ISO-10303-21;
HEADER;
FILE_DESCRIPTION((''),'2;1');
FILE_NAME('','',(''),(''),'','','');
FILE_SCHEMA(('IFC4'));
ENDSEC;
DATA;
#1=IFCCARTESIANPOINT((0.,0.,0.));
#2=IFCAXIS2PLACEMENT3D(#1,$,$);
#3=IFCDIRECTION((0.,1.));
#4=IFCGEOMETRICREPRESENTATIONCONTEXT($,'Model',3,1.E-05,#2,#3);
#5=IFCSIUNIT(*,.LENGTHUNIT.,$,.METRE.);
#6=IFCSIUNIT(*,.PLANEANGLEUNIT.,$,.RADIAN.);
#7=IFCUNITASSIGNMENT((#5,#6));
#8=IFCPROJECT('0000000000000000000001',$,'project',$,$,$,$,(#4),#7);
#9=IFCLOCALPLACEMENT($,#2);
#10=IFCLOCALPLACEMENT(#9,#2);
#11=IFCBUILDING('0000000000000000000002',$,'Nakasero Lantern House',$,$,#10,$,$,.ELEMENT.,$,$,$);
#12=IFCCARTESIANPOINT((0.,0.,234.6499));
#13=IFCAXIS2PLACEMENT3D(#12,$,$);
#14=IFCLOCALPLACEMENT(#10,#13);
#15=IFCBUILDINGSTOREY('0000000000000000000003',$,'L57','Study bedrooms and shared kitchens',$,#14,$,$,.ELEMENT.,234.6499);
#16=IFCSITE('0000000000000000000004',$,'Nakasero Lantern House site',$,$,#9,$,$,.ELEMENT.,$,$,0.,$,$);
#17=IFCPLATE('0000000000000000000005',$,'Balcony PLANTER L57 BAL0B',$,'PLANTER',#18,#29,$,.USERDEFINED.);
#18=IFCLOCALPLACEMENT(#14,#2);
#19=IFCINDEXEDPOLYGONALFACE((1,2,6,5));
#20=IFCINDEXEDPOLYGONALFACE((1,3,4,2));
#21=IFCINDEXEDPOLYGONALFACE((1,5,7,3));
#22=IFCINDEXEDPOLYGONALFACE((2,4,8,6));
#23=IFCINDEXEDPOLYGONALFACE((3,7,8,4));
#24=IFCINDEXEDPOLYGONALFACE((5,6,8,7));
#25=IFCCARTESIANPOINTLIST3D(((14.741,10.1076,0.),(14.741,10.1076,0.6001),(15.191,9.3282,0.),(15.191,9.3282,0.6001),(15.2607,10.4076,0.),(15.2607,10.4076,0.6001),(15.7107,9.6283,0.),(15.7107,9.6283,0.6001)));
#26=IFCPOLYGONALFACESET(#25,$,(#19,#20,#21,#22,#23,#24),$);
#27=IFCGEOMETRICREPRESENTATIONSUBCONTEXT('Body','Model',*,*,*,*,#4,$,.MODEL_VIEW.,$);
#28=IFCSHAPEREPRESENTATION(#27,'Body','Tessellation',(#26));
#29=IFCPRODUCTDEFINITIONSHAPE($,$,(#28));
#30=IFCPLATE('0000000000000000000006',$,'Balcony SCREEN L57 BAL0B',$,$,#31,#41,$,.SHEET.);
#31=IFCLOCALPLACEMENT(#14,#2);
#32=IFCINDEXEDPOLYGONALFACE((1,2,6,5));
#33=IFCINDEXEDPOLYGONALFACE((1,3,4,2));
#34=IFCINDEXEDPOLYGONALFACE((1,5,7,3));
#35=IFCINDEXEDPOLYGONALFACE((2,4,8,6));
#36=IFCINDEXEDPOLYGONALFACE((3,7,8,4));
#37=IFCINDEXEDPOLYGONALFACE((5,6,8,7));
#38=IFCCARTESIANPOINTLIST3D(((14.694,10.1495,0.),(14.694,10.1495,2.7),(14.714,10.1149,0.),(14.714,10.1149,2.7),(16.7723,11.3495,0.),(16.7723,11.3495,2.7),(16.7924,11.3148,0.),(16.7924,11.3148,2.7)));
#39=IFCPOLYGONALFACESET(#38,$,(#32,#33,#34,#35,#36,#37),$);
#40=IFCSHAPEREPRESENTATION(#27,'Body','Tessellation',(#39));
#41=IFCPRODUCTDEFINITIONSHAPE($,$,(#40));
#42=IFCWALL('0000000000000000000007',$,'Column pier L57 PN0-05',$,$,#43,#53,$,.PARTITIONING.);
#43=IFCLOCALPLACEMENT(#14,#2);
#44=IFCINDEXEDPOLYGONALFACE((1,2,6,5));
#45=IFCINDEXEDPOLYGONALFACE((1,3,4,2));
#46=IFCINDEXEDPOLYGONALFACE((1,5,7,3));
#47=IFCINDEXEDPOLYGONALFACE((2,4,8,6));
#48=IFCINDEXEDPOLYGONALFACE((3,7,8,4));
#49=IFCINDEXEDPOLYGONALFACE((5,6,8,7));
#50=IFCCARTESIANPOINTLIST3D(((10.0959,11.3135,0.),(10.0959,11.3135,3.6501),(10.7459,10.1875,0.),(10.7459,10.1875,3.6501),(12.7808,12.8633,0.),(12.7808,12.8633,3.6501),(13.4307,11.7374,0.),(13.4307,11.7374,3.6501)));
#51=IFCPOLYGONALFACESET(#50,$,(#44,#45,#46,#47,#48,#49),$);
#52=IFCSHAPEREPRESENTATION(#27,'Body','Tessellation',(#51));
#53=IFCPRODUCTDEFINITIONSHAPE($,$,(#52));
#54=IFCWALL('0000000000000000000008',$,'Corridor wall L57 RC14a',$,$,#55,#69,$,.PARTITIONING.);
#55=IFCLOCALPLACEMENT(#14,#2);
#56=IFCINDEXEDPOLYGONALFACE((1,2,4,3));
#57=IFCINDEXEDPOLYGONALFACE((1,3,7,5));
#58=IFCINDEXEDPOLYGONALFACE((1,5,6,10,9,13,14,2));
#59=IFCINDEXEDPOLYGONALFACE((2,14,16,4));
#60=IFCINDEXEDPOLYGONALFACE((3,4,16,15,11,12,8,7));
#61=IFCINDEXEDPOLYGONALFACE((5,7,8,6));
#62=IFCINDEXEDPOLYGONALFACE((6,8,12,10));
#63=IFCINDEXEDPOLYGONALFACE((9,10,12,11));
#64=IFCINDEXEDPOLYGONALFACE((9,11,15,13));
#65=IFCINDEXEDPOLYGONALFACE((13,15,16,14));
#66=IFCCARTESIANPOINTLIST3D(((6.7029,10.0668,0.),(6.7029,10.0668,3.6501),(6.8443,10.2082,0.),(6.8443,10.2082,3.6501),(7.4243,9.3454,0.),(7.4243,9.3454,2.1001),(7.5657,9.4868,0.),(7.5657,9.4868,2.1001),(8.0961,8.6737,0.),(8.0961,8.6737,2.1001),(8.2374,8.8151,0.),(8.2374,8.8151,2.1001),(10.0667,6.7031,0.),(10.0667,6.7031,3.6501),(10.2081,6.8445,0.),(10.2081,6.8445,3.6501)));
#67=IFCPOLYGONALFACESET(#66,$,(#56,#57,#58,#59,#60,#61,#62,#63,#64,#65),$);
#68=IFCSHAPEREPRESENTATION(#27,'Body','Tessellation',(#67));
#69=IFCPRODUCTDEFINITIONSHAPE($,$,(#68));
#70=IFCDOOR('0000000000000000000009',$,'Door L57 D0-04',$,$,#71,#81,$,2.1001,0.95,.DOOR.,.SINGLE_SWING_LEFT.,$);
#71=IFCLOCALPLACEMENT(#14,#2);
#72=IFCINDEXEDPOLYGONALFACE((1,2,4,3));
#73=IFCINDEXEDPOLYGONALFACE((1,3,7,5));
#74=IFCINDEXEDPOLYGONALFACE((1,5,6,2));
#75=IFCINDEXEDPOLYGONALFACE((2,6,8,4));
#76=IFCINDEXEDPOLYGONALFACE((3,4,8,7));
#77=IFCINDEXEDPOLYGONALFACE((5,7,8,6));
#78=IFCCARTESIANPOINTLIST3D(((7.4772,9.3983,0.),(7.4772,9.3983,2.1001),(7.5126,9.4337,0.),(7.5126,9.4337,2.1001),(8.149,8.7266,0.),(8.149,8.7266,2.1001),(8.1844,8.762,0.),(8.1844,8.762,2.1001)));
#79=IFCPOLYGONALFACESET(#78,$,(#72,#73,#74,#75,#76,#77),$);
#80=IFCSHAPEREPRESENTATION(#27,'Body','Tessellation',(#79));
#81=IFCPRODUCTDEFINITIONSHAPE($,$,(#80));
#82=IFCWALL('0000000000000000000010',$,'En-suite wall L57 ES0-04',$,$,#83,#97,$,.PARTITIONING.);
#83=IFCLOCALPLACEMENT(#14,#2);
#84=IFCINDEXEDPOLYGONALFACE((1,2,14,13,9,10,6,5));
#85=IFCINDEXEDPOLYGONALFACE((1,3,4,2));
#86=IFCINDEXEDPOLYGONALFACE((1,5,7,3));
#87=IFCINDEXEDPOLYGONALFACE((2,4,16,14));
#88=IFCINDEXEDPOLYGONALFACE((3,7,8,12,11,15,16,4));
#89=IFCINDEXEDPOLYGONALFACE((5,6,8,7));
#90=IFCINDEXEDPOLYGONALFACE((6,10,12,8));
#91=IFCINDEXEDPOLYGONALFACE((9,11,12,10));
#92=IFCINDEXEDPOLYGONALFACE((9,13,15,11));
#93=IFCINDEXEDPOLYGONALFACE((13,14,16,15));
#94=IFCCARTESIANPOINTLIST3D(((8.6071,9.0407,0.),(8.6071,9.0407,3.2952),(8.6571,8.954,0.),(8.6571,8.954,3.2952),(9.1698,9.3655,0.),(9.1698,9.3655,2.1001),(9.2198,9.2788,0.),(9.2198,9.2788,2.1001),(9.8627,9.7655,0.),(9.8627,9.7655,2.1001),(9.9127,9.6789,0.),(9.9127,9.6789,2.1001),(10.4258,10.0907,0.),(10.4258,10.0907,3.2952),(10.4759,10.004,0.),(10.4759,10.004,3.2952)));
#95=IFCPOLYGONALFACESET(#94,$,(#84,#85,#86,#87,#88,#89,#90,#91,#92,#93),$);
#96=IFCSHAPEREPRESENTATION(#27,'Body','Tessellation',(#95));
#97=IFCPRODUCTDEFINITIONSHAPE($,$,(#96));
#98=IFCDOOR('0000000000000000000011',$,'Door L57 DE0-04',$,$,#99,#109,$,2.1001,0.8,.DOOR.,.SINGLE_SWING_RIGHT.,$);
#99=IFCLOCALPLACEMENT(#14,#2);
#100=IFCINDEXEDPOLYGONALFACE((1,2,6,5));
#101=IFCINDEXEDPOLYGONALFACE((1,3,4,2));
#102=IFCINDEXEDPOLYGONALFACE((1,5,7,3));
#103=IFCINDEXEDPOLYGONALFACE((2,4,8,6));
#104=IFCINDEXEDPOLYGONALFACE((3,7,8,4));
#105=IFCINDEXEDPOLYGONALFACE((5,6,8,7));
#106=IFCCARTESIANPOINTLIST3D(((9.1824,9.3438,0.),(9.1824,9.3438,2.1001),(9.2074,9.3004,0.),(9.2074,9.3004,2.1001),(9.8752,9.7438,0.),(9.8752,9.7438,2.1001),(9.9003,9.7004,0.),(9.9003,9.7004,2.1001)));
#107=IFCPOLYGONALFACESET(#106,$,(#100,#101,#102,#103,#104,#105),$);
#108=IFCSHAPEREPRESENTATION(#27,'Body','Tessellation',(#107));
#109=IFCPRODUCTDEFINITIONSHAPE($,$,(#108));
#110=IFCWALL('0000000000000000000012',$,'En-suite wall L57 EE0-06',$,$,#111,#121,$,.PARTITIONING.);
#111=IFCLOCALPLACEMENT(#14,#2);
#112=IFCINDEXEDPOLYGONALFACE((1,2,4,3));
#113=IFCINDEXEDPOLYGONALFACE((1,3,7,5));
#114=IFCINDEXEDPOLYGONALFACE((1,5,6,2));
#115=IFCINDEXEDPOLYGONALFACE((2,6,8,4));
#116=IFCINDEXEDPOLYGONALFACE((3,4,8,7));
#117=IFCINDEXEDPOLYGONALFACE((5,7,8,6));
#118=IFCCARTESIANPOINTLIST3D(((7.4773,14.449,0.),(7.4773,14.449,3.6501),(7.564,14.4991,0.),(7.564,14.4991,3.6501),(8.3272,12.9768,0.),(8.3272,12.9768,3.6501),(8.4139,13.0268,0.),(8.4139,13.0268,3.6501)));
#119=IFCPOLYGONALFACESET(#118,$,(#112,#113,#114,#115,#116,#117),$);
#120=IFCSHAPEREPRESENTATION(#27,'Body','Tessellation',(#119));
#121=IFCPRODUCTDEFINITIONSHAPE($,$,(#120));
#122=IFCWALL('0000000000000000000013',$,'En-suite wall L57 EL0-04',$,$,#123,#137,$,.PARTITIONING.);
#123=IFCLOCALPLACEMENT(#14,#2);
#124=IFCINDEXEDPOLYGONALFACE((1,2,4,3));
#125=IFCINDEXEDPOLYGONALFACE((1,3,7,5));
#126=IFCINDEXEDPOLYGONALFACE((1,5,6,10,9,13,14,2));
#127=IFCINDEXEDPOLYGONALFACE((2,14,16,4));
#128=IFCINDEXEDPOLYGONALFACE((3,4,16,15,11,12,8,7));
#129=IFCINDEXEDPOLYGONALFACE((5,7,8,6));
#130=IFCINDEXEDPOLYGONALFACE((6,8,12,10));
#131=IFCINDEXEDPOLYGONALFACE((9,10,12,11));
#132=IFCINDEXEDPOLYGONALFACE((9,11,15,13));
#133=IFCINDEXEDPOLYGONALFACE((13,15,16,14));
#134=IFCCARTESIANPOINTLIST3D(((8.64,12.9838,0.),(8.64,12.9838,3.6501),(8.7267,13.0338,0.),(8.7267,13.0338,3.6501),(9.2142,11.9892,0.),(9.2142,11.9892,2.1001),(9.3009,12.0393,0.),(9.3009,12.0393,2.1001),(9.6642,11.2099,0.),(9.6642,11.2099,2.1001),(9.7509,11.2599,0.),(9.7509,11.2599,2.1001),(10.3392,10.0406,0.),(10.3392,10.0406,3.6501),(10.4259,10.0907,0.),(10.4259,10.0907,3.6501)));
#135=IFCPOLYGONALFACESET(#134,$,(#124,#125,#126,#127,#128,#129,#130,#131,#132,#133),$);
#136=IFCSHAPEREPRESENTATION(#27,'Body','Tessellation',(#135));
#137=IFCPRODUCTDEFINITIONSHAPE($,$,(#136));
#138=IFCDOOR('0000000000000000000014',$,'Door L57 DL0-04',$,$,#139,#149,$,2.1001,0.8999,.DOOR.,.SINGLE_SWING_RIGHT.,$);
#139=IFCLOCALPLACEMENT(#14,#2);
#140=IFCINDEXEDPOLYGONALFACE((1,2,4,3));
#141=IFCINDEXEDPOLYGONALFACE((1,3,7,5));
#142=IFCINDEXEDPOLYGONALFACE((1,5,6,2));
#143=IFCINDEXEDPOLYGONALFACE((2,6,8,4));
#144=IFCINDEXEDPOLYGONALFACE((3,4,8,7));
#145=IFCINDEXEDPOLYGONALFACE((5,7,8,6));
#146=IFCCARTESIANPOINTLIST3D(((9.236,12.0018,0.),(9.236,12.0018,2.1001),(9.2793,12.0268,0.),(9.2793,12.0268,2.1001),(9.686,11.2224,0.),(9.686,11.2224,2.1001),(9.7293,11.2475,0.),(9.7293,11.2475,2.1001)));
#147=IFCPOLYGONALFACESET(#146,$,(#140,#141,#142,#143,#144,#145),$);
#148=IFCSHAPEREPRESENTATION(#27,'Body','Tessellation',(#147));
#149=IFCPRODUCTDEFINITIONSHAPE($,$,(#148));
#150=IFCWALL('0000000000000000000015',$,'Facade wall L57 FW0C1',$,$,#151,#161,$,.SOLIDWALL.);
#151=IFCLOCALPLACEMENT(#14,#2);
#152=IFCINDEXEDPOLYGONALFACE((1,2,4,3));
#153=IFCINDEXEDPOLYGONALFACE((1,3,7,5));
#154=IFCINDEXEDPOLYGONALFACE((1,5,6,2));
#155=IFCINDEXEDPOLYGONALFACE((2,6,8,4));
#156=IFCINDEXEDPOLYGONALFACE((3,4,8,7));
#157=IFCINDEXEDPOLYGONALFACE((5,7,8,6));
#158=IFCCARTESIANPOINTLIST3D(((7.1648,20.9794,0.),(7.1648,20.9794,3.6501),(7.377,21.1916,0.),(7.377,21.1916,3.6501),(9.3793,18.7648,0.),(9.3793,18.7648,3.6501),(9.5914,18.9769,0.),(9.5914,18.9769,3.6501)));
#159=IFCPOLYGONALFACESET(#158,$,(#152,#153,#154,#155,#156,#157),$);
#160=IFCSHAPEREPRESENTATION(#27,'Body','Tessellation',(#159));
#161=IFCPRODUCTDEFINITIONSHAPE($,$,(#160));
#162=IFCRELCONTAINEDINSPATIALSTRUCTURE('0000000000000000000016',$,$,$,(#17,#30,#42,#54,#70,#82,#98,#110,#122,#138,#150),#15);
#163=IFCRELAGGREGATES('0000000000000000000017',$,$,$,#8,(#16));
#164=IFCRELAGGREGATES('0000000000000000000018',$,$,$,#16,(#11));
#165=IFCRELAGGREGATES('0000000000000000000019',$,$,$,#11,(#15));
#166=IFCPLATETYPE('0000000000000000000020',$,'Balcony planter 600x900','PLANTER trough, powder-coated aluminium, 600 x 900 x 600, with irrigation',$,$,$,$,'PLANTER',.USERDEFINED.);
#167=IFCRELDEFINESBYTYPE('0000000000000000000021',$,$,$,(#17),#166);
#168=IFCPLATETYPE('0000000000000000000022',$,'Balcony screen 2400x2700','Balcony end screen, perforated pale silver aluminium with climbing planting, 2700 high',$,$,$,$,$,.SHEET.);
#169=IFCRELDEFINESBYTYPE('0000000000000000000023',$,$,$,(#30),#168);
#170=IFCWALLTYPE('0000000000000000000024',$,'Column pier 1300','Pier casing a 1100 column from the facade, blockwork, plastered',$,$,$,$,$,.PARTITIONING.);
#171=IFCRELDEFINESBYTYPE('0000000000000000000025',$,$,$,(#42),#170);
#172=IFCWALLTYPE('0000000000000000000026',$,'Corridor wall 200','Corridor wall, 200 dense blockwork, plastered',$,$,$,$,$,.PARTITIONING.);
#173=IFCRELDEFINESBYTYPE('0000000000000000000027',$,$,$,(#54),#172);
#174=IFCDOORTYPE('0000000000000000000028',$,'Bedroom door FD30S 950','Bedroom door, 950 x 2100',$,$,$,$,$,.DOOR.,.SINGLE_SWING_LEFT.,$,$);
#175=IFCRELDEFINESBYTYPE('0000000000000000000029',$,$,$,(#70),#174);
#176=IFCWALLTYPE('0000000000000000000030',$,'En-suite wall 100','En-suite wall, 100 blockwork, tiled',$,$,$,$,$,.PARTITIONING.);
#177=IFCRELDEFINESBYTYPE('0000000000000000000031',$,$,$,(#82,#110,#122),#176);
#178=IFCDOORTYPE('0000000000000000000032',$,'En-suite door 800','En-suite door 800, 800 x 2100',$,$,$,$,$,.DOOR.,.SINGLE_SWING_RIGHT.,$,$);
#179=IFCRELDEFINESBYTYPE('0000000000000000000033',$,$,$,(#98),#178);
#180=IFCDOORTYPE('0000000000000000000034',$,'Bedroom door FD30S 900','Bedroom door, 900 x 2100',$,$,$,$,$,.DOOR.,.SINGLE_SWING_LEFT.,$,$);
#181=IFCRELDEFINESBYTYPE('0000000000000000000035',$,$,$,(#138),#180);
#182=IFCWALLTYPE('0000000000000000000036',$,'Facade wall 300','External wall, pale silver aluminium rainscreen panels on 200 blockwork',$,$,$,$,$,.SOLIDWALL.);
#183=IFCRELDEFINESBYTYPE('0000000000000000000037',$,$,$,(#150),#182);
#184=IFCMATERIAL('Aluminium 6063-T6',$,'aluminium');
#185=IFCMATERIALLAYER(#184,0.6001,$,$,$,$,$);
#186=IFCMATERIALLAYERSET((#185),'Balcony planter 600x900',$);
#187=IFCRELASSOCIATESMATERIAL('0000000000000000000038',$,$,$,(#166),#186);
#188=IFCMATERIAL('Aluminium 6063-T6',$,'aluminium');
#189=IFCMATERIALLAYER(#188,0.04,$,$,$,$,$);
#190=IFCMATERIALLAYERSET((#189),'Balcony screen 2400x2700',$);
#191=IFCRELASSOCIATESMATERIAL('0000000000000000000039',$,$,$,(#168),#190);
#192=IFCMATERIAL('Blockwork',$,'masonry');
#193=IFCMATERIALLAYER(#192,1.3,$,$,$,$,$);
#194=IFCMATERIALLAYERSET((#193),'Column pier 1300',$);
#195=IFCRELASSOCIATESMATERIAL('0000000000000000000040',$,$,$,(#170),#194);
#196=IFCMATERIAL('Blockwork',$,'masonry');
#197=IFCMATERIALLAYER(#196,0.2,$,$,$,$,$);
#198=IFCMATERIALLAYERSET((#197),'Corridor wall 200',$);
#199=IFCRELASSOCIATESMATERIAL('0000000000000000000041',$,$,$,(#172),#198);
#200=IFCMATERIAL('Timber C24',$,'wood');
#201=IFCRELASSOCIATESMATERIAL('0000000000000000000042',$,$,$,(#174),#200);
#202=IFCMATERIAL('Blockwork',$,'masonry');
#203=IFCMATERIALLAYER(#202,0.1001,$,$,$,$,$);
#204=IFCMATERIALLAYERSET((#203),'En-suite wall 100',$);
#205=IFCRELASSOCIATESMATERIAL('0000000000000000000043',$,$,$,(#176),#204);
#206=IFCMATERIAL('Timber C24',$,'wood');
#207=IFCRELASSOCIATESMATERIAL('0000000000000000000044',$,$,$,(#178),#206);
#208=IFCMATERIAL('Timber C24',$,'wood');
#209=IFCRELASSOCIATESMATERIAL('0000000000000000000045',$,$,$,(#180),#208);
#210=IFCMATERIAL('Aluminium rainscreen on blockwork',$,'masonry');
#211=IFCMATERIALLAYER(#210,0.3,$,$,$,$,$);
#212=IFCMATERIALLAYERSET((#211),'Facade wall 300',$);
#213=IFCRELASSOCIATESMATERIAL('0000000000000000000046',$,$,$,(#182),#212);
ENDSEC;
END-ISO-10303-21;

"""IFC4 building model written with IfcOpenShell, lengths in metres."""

from ifc_helpers import new_model, si_unit, direction, frame, frame_2d, origin, origin_2d, place, context, subcontext, project, spatial, rectangle, extrude, material, layer, layer_set, type_object, element, fill, save


model = new_model("IFC4")

# Units and contexts
model_context = context("Model", 3, precision=1e-05, world=origin(), true_north=direction((0.0, 1.0)))
body_context = subcontext(model_context, "Body", "Model", "MODEL_VIEW")
ifc_project = project(units=[si_unit("LENGTHUNIT", "METRE"), si_unit("PLANEANGLEUNIT", "RADIAN")], contexts=[model_context])

# Site, building, storey
site_placement = place(None, origin())
site = spatial("IfcSite", under=ifc_project, at=site_placement, Name="Nakasero Lantern House site", CompositionType="ELEMENT", RefElevation=0.0)
building_placement = place(site_placement, origin())
building = spatial("IfcBuilding", under=site, at=building_placement, Name="Nakasero Lantern House", CompositionType="ELEMENT")
storey_placement = place(building_placement, frame((0.0, 0.0, 234.6499)))
storey = spatial("IfcBuildingStorey", under=building, at=storey_placement, Name="L57", Description="Study bedrooms and shared kitchens", CompositionType="ELEMENT", Elevation=234.6499)

# Plates
ifc_material_1 = material(Name="Aluminium 6063-T6", Category="aluminium")
ifc_layer_1 = layer(ifc_material_1, 0.6001)
ifc_layer_set_1 = layer_set([ifc_layer_1], Name="Balcony planter 600x900")
plate_type_1 = type_object("IfcPlateType", Name="Balcony planter 600x900", Description="PLANTER trough, powder-coated aluminium, 600 x 900 x 600, with irrigation", ElementType="PLANTER", PredefinedType="USERDEFINED", material=ifc_layer_set_1)
plate_1_placement = place(storey_placement, frame((15.2258, 9.8679, 0.0), z_axis=(0.0, 0.0, 1.0), x_axis=(0.866025, 0.5, 0.0)))
element("IfcPlate", 1, at=plate_1_placement, inside=storey, type_object=plate_type_1, Name="Balcony PLANTER L57 BAL0B", ObjectType="PLANTER", PredefinedType="USERDEFINED", context=body_context, shape_type="SweptSolid", body=[
    extrude(rectangle(XDim=0.6001, YDim=0.8999, at=origin_2d()), origin(), (0.0, 0.0, 1.0), 0.6001),
])
ifc_material_2 = material(Name="Aluminium 6063-T6", Category="aluminium")
ifc_layer_2 = layer(ifc_material_2, 0.04)
ifc_layer_set_2 = layer_set([ifc_layer_2], Name="Balcony screen 2400x2700")
plate_type_2 = type_object("IfcPlateType", Name="Balcony screen 2400x2700", Description="Balcony end screen, perforated pale silver aluminium with climbing planting, 2700 high", PredefinedType="SHEET", material=ifc_layer_set_2)
plate_2_placement = place(storey_placement, frame((15.7432, 10.7322, 0.0), z_axis=(0.0, 0.0, 1.0), x_axis=(0.866025, 0.5, 0.0)))
element("IfcPlate", 2, at=plate_2_placement, inside=storey, type_object=plate_type_2, Name="Balcony SCREEN L57 BAL0B", PredefinedType="SHEET", context=body_context, shape_type="SweptSolid", body=[
    extrude(rectangle(XDim=2.3999, YDim=0.04, at=origin_2d()), origin(), (0.0, 0.0, 1.0), 2.7),
])

# Wall
ifc_material_3 = material(Name="Blockwork", Category="masonry")
ifc_layer_3 = layer(ifc_material_3, 1.3)
ifc_layer_set_3 = layer_set([ifc_layer_3], Name="Column pier 1300")
wall_type_1 = type_object("IfcWallType", Name="Column pier 1300", Description="Pier casing a 1100 column from the facade, blockwork, plastered", PredefinedType="PARTITIONING", material=ifc_layer_set_3)
wall_1_placement = place(storey_placement, frame((10.4209, 10.7505, 0.0), z_axis=(0.0, 0.0, 1.0), x_axis=(0.866064, 0.499934, 0.0)))
element("IfcWall", 3, at=wall_1_placement, inside=storey, type_object=wall_type_1, Name="Column pier L57 PN0-05", PredefinedType="PARTITIONING", context=body_context, shape_type="SweptSolid", body=[
    extrude(rectangle(XDim=3.1001, YDim=1.3, at=frame_2d((1.55, 0.0))), origin(), (0.0, 0.0, 1.0), 3.6501),
])

# Walls, openings, doors
ifc_material_4 = material(Name="Blockwork", Category="masonry")
ifc_layer_4 = layer(ifc_material_4, 0.2)
ifc_layer_set_4 = layer_set([ifc_layer_4], Name="Corridor wall 200")
wall_type_2 = type_object("IfcWallType", Name="Corridor wall 200", Description="Corridor wall, 200 dense blockwork, plastered", PredefinedType="PARTITIONING", material=ifc_layer_set_4)
wall_2_placement = place(storey_placement, frame((6.7737, 10.1375, 0.0), z_axis=(0.0, 0.0, 1.0), x_axis=(0.707107, -0.707107, 0.0)))
wall_2 = element("IfcWall", 4, at=wall_2_placement, inside=storey, type_object=wall_type_2, Name="Corridor wall L57 RC14a", PredefinedType="PARTITIONING", context=body_context, shape_type="SweptSolid", body=[
    extrude(rectangle(XDim=4.7571, YDim=0.2, at=frame_2d((2.3784, 0.0))), origin(), (0.0, 0.0, 1.0), 3.6501),
])
opening_1_placement = place(wall_2_placement, frame((1.02, 0.0, 0.0)))
opening_1 = element("IfcOpeningElement", 5, at=opening_1_placement, cuts=wall_2, PredefinedType="OPENING", context=body_context, shape_type="SweptSolid", body=[
    extrude(rectangle(XDim=0.95, YDim=2.1001, at=frame_2d((0.4751, 1.05))), frame((0.0, 0.1199, 0.0), z_axis=(0.0, -1.0, 0.0), x_axis=(1.0, 0.0, 0.0)), (0.0, 0.0, 1.0), 0.24),
])
ifc_material_5 = material(Name="Timber C24", Category="wood")
door_type_1 = type_object("IfcDoorType", Name="Bedroom door FD30S 950", Description="Bedroom door, 950 x 2100", OperationType="SINGLE_SWING_LEFT", PredefinedType="DOOR", material=ifc_material_5)
door_1_placement = place(opening_1_placement, origin())
door_1 = element("IfcDoor", 6, at=door_1_placement, inside=storey, type_object=door_type_1, Name="Door L57 D0-04", OperationType="SINGLE_SWING_LEFT", OverallHeight=2.1001, OverallWidth=0.95, PredefinedType="DOOR", context=body_context, shape_type="SweptSolid", body=[
    extrude(rectangle(XDim=0.95, YDim=2.1001, at=frame_2d((0.4751, 1.05))), frame((0.0, 0.0249, 0.0), z_axis=(0.0, -1.0, 0.0), x_axis=(1.0, 0.0, 0.0)), (0.0, 0.0, 1.0), 0.05),
])
fill(opening_1, door_1)
ifc_material_6 = material(Name="Blockwork", Category="masonry")
ifc_layer_5 = layer(ifc_material_6, 0.1001)
ifc_layer_set_5 = layer_set([ifc_layer_5], Name="En-suite wall 100")
wall_type_3 = type_object("IfcWallType", Name="En-suite wall 100", Description="En-suite wall, 100 blockwork, tiled", PredefinedType="PARTITIONING", material=ifc_layer_set_5)
wall_3_placement = place(storey_placement, frame((8.6321, 8.9973, 0.0), z_axis=(0.0, 0.0, 1.0), x_axis=(0.866038, 0.499977, 0.0)))
wall_3 = element("IfcWall", 7, at=wall_3_placement, inside=storey, type_object=wall_type_3, Name="En-suite wall L57 ES0-04", PredefinedType="PARTITIONING", context=body_context, shape_type="SweptSolid", body=[
    extrude(rectangle(XDim=2.1001, YDim=0.1001, at=frame_2d((1.05, 0.0))), origin(), (0.0, 0.0, 1.0), 3.2952),
])
opening_2_placement = place(wall_3_placement, frame((0.6499, 0.0, 0.0)))
opening_2 = element("IfcOpeningElement", 8, at=opening_2_placement, cuts=wall_3, PredefinedType="OPENING", context=body_context, shape_type="SweptSolid", body=[
    extrude(rectangle(XDim=0.8, YDim=2.1001, at=frame_2d((0.3999, 1.05))), frame((0.0, 0.0701, 0.0), z_axis=(0.0, -1.0, 0.0), x_axis=(1.0, 0.0, 0.0)), (0.0, 0.0, 1.0), 0.1401),
])
ifc_material_7 = material(Name="Timber C24", Category="wood")
door_type_2 = type_object("IfcDoorType", Name="En-suite door 800", Description="En-suite door 800, 800 x 2100", OperationType="SINGLE_SWING_RIGHT", PredefinedType="DOOR", material=ifc_material_7)
door_2_placement = place(opening_2_placement, origin())
door_2 = element("IfcDoor", 9, at=door_2_placement, inside=storey, type_object=door_type_2, Name="Door L57 DE0-04", OperationType="SINGLE_SWING_RIGHT", OverallHeight=2.1001, OverallWidth=0.8, PredefinedType="DOOR", context=body_context, shape_type="SweptSolid", body=[
    extrude(rectangle(XDim=0.8, YDim=2.1001, at=frame_2d((0.3999, 1.05))), frame((0.0, 0.0249, 0.0), z_axis=(0.0, -1.0, 0.0), x_axis=(1.0, 0.0, 0.0)), (0.0, 0.0, 1.0), 0.05),
])
fill(opening_2, door_2)

# Wall
wall_4_placement = place(storey_placement, frame((8.3706, 13.0017, 0.0), z_axis=(0.0, 0.0, 1.0), x_axis=(-0.499955, 0.866052, 0.0)))
element("IfcWall", 10, at=wall_4_placement, inside=storey, type_object=wall_type_3, Name="En-suite wall L57 EE0-06", PredefinedType="PARTITIONING", context=body_context, shape_type="SweptSolid", body=[
    extrude(rectangle(XDim=1.7, YDim=0.1001, at=frame_2d((0.8501, 0.0))), origin(), (0.0, 0.0, 1.0), 3.6501),
])

# Wall, opening, door
wall_5_placement = place(storey_placement, frame((10.3826, 10.0657, 0.0), z_axis=(0.0, 0.0, 1.0), x_axis=(-0.500002, 0.866024, 0.0)))
wall_5 = element("IfcWall", 11, at=wall_5_placement, inside=storey, type_object=wall_type_3, Name="En-suite wall L57 EL0-04", PredefinedType="PARTITIONING", context=body_context, shape_type="SweptSolid", body=[
    extrude(rectangle(XDim=3.3984, YDim=0.1001, at=frame_2d((1.6992, 0.0))), origin(), (0.0, 0.0, 1.0), 3.6501),
])
opening_3_placement = place(wall_5_placement, frame((1.3501, 0.0, 0.0)))
opening_3 = element("IfcOpeningElement", 12, at=opening_3_placement, cuts=wall_5, PredefinedType="OPENING", context=body_context, shape_type="SweptSolid", body=[
    extrude(rectangle(XDim=0.8999, YDim=2.1001, at=frame_2d((0.45, 1.05))), frame((0.0, 0.0701, 0.0), z_axis=(0.0, -1.0, 0.0), x_axis=(1.0, 0.0, 0.0)), (0.0, 0.0, 1.0), 0.1401),
])
ifc_material_8 = material(Name="Timber C24", Category="wood")
door_type_3 = type_object("IfcDoorType", Name="Bedroom door FD30S 900", Description="Bedroom door, 900 x 2100", OperationType="SINGLE_SWING_LEFT", PredefinedType="DOOR", material=ifc_material_8)
door_3_placement = place(opening_3_placement, origin())
door_3 = element("IfcDoor", 13, at=door_3_placement, inside=storey, type_object=door_type_3, Name="Door L57 DL0-04", OperationType="SINGLE_SWING_RIGHT", OverallHeight=2.1001, OverallWidth=0.8999, PredefinedType="DOOR", context=body_context, shape_type="SweptSolid", body=[
    extrude(rectangle(XDim=0.8999, YDim=2.1001, at=frame_2d((0.45, 1.05))), frame((0.0, 0.0249, 0.0), z_axis=(0.0, -1.0, 0.0), x_axis=(1.0, 0.0, 0.0)), (0.0, 0.0, 1.0), 0.05),
])
fill(opening_3, door_3)

# Wall
ifc_material_9 = material(Name="Aluminium rainscreen on blockwork", Category="masonry")
ifc_layer_6 = layer(ifc_material_9, 0.3)
ifc_layer_set_6 = layer_set([ifc_layer_6], Name="Facade wall 300")
wall_type_4 = type_object("IfcWallType", Name="Facade wall 300", Description="External wall, pale silver aluminium rainscreen panels on 200 blockwork", PredefinedType="SOLIDWALL", material=ifc_layer_set_6)
wall_6_placement = place(storey_placement, frame((9.4854, 18.8708, 0.0), z_axis=(0.0, 0.0, 1.0), x_axis=(-0.707068, 0.707146, 0.0)))
element("IfcWall", 14, at=wall_6_placement, inside=storey, type_object=wall_type_4, Name="Facade wall L57 FW0C1", PredefinedType="SOLIDWALL", context=body_context, shape_type="SweptSolid", body=[
    extrude(rectangle(XDim=3.1318, YDim=0.3, at=frame_2d((1.5659, 0.0))), origin(), (0.0, 0.0, 1.0), 3.6501),
])

save(model, "model.ifc")
